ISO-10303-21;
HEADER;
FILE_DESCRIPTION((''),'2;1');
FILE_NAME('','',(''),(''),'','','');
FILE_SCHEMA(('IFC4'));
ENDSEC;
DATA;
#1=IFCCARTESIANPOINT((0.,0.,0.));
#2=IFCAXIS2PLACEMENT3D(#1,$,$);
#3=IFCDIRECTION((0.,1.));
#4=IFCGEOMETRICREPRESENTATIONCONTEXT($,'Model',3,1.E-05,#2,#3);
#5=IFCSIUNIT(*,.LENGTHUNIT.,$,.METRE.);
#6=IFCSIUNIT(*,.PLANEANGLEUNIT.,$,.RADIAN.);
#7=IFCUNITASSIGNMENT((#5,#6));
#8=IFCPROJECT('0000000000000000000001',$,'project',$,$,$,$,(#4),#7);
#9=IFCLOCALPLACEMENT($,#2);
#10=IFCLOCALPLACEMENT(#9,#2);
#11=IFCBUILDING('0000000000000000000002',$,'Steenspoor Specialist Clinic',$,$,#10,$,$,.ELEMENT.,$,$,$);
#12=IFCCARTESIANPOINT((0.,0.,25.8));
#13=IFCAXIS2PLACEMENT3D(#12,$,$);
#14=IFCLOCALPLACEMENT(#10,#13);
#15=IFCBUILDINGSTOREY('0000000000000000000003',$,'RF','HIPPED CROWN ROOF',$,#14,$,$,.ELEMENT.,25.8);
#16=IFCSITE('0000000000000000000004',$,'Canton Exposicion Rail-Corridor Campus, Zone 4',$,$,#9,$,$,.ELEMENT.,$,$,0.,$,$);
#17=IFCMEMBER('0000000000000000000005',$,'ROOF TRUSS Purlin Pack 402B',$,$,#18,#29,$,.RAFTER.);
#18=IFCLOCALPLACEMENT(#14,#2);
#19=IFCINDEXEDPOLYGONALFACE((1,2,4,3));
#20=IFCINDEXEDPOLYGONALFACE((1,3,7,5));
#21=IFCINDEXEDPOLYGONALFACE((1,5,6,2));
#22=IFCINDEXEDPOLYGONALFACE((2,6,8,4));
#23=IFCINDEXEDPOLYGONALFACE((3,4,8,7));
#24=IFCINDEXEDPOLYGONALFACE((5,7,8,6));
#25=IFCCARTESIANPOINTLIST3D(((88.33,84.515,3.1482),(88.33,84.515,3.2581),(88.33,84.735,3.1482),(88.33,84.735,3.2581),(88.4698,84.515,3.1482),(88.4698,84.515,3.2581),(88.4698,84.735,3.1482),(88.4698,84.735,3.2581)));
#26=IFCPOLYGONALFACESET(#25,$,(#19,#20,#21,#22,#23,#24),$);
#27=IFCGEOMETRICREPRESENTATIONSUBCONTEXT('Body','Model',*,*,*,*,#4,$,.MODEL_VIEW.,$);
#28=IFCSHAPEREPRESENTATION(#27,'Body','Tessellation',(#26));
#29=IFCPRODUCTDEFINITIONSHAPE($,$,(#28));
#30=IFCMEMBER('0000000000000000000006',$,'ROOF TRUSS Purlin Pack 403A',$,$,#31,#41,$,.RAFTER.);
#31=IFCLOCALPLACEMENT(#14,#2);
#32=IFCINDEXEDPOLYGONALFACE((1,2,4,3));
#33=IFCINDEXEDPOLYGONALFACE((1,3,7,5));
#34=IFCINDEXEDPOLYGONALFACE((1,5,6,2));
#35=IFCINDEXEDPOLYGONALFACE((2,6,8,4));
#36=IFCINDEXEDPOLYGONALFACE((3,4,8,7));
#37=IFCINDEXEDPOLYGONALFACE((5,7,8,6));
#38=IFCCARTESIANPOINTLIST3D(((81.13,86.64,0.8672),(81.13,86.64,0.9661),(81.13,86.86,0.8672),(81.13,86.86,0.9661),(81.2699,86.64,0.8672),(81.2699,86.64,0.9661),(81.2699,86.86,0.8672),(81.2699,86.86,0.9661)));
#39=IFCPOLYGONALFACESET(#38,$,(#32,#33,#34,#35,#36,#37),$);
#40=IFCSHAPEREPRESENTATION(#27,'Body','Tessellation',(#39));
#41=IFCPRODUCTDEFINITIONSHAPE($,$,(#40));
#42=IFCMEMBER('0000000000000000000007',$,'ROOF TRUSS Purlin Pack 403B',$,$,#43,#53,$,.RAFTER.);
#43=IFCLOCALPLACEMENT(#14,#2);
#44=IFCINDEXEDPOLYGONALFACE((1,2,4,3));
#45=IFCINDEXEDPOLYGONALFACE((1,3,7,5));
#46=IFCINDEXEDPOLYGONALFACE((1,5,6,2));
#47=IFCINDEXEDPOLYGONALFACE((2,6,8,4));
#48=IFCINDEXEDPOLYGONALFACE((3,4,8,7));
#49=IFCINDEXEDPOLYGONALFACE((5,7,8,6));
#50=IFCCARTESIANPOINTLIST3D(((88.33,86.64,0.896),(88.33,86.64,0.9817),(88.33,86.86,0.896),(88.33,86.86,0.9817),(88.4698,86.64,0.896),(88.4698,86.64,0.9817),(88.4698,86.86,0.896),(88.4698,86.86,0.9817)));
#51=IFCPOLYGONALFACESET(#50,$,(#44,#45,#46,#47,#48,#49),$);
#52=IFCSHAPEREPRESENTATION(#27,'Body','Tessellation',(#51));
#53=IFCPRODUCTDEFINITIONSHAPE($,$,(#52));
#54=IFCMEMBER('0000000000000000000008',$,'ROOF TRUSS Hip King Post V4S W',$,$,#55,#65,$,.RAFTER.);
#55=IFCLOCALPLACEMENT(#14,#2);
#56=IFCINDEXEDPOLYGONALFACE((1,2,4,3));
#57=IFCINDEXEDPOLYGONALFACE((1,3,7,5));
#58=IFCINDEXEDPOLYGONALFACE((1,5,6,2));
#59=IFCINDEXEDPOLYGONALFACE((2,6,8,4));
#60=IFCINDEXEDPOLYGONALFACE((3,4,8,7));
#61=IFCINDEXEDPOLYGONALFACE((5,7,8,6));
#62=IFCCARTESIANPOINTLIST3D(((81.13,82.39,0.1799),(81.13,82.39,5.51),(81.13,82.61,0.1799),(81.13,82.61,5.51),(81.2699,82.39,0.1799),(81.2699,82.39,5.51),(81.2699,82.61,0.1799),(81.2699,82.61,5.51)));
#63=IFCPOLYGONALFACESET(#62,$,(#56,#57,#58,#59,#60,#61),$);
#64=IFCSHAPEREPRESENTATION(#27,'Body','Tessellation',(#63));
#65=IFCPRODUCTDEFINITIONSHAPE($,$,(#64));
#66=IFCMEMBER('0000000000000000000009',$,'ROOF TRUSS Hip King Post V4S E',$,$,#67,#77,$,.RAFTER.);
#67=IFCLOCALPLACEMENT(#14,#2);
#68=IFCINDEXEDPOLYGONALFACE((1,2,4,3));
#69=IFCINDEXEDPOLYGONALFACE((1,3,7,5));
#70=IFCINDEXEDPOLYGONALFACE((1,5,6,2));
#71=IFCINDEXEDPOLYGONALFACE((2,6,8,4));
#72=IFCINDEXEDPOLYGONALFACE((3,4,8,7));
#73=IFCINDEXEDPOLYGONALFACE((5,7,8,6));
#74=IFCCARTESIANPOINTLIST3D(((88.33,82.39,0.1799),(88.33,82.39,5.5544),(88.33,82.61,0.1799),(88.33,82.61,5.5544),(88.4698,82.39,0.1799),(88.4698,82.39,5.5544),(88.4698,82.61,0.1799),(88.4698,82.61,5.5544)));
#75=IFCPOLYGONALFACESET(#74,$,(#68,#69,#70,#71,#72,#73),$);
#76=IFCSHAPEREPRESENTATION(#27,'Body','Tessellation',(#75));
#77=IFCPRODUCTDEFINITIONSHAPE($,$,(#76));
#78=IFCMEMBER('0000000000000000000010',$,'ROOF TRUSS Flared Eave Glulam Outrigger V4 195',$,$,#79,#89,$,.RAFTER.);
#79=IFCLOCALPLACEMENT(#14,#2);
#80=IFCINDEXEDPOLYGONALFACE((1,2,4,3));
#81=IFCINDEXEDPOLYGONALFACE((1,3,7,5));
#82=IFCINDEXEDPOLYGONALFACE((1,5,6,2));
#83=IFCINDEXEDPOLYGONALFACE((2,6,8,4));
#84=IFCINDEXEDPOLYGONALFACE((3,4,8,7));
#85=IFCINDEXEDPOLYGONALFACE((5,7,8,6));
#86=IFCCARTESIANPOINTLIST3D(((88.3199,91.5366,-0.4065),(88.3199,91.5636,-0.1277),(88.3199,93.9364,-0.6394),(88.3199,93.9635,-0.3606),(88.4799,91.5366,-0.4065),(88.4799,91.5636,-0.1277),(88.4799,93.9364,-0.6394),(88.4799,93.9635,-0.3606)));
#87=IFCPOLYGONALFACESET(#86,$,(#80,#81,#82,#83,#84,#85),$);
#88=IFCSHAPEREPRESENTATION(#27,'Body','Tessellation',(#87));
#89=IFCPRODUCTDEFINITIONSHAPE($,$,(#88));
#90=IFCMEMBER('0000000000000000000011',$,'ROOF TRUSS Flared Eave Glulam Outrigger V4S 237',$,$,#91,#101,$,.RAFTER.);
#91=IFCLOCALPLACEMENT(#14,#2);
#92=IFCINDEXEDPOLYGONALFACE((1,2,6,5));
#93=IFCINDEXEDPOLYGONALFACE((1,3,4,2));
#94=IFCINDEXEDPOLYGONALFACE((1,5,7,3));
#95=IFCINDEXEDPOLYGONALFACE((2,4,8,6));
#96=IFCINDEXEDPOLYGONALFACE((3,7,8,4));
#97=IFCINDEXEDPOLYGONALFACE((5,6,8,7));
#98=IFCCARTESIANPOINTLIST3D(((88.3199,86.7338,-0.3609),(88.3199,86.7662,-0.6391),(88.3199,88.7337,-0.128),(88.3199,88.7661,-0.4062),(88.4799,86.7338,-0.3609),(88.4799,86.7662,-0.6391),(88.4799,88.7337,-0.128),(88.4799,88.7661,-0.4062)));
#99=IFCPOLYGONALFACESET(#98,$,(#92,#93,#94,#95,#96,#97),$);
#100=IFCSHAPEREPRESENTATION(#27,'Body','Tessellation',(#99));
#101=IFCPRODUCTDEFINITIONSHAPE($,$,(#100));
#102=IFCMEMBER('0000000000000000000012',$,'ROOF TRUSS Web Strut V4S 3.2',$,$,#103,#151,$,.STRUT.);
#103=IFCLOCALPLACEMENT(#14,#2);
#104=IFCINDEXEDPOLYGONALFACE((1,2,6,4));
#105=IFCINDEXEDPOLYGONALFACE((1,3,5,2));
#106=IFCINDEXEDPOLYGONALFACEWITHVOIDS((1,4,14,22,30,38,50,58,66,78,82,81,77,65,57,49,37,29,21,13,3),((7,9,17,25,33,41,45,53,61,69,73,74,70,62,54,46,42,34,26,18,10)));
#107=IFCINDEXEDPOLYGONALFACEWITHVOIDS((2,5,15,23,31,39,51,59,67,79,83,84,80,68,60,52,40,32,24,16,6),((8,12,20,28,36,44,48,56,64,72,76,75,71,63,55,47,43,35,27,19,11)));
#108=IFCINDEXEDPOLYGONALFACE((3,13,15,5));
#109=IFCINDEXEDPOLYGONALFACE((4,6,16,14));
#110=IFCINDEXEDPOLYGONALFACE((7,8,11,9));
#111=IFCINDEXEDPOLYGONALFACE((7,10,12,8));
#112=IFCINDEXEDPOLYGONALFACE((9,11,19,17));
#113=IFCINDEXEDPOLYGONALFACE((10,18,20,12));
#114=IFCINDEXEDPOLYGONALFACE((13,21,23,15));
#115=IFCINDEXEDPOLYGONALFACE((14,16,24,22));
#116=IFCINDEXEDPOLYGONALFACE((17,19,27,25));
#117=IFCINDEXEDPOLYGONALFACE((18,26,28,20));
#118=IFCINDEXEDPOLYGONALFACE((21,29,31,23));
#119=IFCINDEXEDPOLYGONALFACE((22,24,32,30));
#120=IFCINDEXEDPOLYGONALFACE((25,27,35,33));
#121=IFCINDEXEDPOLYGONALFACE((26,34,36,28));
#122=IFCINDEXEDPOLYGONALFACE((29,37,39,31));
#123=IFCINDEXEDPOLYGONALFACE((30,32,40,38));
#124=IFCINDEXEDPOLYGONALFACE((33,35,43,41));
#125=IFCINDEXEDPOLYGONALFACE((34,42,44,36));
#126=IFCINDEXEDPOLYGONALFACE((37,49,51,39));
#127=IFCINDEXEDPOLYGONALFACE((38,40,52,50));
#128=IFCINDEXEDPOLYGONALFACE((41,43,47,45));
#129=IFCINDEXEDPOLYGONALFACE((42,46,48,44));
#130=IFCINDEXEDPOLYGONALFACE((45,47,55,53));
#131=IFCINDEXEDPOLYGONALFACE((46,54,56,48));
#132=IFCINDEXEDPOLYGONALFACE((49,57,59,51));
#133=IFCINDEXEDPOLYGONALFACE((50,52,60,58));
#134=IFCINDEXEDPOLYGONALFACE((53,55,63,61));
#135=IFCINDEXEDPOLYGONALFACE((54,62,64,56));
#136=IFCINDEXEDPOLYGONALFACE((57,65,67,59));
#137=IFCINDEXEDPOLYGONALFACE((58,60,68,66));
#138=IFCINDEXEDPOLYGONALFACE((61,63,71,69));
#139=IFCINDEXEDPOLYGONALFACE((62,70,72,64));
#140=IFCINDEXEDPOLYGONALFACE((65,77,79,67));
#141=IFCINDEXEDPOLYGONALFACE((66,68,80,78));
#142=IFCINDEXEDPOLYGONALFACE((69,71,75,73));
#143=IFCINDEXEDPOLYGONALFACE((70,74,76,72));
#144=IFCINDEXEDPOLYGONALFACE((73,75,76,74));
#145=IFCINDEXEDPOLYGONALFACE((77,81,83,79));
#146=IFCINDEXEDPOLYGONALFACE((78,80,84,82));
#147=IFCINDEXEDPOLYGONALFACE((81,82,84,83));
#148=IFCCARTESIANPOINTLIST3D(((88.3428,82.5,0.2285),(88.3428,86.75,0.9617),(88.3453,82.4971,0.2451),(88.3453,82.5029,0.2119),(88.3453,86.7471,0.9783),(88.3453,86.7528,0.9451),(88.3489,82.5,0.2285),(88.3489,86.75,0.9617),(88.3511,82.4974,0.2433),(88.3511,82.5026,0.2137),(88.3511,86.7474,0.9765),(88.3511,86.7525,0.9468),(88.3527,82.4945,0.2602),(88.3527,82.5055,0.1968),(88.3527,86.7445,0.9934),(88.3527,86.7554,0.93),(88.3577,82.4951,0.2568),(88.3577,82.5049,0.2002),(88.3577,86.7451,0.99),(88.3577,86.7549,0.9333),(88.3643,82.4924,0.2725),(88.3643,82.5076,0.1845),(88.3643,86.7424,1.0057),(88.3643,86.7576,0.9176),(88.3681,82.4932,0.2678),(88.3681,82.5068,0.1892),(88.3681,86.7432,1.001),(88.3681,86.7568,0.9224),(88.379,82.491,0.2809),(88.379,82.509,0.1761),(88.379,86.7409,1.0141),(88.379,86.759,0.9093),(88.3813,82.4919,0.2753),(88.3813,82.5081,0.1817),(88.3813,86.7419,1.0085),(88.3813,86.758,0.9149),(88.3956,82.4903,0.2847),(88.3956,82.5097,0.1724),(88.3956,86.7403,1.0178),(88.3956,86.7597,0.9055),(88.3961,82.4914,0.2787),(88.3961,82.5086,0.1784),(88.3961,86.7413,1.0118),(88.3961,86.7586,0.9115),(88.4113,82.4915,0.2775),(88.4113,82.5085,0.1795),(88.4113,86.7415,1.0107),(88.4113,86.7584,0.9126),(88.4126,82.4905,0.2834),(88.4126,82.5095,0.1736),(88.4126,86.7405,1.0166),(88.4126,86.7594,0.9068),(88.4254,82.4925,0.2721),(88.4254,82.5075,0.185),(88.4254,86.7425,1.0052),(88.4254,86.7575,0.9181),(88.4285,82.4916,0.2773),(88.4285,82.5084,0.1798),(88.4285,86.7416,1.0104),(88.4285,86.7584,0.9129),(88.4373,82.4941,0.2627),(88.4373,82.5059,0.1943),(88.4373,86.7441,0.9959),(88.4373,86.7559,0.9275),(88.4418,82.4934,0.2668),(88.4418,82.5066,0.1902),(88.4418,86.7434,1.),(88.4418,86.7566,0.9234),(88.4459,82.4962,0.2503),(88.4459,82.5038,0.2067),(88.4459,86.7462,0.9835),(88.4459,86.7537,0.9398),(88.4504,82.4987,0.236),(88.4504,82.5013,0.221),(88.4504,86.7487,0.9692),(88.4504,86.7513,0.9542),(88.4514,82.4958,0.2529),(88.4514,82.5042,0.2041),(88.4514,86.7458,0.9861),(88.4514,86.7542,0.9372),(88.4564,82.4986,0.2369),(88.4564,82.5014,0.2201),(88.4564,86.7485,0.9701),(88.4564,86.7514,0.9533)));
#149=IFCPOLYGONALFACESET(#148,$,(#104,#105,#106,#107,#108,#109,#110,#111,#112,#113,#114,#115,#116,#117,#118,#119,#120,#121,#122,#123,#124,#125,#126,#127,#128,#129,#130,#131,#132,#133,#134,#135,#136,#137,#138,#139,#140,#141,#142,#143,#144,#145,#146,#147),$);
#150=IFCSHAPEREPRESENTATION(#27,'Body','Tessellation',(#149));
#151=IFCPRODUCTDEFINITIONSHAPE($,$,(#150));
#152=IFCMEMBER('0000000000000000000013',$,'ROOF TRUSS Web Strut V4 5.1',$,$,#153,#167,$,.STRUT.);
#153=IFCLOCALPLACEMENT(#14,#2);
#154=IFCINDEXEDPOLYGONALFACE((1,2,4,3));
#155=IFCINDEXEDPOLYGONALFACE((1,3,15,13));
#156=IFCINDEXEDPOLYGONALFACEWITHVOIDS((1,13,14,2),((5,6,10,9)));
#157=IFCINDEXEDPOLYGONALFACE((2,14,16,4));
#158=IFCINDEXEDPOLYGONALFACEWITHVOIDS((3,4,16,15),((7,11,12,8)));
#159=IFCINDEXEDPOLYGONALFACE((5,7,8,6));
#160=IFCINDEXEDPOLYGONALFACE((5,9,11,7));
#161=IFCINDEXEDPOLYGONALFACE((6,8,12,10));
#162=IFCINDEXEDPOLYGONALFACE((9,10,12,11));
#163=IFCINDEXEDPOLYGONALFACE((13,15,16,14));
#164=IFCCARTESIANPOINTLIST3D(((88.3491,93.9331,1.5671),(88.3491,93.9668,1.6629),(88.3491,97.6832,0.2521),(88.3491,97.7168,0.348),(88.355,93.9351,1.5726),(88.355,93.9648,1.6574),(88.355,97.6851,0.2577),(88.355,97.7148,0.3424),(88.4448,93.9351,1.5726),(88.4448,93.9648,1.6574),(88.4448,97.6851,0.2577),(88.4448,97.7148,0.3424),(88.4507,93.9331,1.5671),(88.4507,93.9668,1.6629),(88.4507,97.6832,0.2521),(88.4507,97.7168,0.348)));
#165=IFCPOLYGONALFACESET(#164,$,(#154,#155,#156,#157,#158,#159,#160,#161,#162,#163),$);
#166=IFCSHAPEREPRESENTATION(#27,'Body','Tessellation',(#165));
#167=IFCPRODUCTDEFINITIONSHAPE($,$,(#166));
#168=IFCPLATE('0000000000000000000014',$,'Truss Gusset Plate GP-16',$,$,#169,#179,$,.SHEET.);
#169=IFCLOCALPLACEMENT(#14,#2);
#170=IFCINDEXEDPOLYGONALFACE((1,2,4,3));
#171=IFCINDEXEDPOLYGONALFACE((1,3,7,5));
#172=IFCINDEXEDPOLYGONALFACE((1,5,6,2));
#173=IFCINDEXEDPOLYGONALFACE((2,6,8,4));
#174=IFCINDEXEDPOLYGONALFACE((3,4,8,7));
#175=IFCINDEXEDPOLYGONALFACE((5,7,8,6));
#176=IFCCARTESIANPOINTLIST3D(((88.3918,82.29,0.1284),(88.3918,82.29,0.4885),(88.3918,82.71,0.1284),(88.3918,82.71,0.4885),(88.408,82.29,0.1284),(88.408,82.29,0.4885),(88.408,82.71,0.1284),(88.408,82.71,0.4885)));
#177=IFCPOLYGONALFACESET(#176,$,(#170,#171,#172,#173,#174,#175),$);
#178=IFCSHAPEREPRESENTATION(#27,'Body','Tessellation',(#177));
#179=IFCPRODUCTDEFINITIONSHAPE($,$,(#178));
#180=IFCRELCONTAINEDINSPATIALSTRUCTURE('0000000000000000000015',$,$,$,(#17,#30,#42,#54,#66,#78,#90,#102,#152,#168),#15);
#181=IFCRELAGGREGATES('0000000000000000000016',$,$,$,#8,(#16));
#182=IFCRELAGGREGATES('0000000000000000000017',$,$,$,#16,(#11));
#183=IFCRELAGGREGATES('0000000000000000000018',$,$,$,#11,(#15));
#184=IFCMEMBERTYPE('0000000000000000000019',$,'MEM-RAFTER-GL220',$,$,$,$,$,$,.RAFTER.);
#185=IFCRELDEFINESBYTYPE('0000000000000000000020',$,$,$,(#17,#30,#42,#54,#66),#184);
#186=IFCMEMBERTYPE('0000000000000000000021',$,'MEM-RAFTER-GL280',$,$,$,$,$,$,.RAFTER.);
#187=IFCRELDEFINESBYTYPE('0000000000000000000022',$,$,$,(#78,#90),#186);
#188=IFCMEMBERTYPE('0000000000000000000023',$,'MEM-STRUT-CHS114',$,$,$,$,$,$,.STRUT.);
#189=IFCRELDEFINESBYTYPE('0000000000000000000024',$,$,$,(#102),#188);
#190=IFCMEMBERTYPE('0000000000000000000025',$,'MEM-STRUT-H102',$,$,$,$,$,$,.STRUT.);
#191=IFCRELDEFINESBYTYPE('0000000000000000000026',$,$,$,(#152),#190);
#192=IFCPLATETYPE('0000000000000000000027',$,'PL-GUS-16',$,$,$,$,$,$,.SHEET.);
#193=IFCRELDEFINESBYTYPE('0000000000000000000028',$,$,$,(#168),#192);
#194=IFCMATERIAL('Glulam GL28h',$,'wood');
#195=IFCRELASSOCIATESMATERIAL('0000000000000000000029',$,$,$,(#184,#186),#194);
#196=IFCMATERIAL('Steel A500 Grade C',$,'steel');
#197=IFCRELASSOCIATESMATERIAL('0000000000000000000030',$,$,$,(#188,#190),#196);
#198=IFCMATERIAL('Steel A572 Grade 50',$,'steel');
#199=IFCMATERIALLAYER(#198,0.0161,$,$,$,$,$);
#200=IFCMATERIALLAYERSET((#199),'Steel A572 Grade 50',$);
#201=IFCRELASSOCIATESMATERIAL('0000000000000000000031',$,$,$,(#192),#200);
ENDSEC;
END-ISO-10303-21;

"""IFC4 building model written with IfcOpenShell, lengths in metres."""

from ifc_helpers import new_model, si_unit, direction, frame, origin, origin_2d, place, context, subcontext, project, spatial, rectangle, hollow_rectangle, hollow_circle, extrude, material, layer, layer_set, material_profile, profile_set, type_object, element, save


model = new_model("IFC4")

# Units and contexts
model_context = context("Model", 3, precision=1e-05, world=origin(), true_north=direction((0.0, 1.0)))
body_context = subcontext(model_context, "Body", "Model", "MODEL_VIEW")
ifc_project = project(units=[si_unit("LENGTHUNIT", "METRE"), si_unit("PLANEANGLEUNIT", "RADIAN")], contexts=[model_context])

# Site, building, storey
site_placement = place(None, origin())
site = spatial("IfcSite", under=ifc_project, at=site_placement, Name="Canton Exposicion Rail-Corridor Campus, Zone 4", CompositionType="ELEMENT", RefElevation=0.0)
building_placement = place(site_placement, origin())
building = spatial("IfcBuilding", under=site, at=building_placement, Name="Steenspoor Specialist Clinic", CompositionType="ELEMENT")
storey_placement = place(building_placement, frame((0.0, 0.0, 25.8)))
storey = spatial("IfcBuildingStorey", under=building, at=storey_placement, Name="RF", Description="HIPPED CROWN ROOF", CompositionType="ELEMENT", Elevation=25.8)

# Shared definitions
ifc_material_1 = material(Name="Glulam GL28h", Category="wood")

# Members
ifc_material_2 = material(Name="Steel A500 Grade C", Category="steel")
ifc_material_profile_1 = material_profile(ifc_material_1, rectangle(XDim=0.1399, YDim=0.22, at=origin_2d()), Name="GL28H-140X220")
ifc_profile_set_1 = profile_set([ifc_material_profile_1], Name="Glulam GL28h")
member_type_1 = type_object("IfcMemberType", Name="MEM-RAFTER-GL220", PredefinedType="RAFTER", material=ifc_profile_set_1)
member_1_placement = place(storey_placement, frame((88.3999, 84.625, 3.1482), z_axis=(0.0, 0.0, 1.0), x_axis=(1.0, 0.0, 0.0)))
element("IfcMember", 1, at=member_1_placement, inside=storey, type_object=member_type_1, Name="ROOF TRUSS Purlin Pack 402B", PredefinedType="RAFTER", context=body_context, shape_type="SweptSolid", body=[
    extrude(rectangle(XDim=0.1399, YDim=0.22, at=origin_2d()), origin(), (0.0, 0.0, 1.0), 0.1099),
])
member_2_placement = place(storey_placement, frame((81.2, 86.75, 0.8672), z_axis=(0.0, 0.0, 1.0), x_axis=(1.0, 0.0, 0.0)))
element("IfcMember", 2, at=member_2_placement, inside=storey, type_object=member_type_1, Name="ROOF TRUSS Purlin Pack 403A", PredefinedType="RAFTER", context=body_context, shape_type="SweptSolid", body=[
    extrude(rectangle(XDim=0.1399, YDim=0.22, at=origin_2d()), origin(), (0.0, 0.0, 1.0), 0.0989),
])
member_3_placement = place(storey_placement, frame((88.3999, 86.75, 0.896), z_axis=(0.0, 0.0, 1.0), x_axis=(1.0, 0.0, 0.0)))
element("IfcMember", 3, at=member_3_placement, inside=storey, type_object=member_type_1, Name="ROOF TRUSS Purlin Pack 403B", PredefinedType="RAFTER", context=body_context, shape_type="SweptSolid", body=[
    extrude(rectangle(XDim=0.1399, YDim=0.22, at=origin_2d()), origin(), (0.0, 0.0, 1.0), 0.0857),
])
member_4_placement = place(storey_placement, frame((81.2, 82.5, 0.1799), z_axis=(0.0, 0.0, 1.0), x_axis=(1.0, 0.0, 0.0)))
element("IfcMember", 4, at=member_4_placement, inside=storey, type_object=member_type_1, Name="ROOF TRUSS Hip King Post V4S W", PredefinedType="RAFTER", context=body_context, shape_type="SweptSolid", body=[
    extrude(rectangle(XDim=0.1399, YDim=0.22, at=origin_2d()), origin(), (0.0, 0.0, 1.0), 5.3301),
])
member_5_placement = place(storey_placement, frame((88.3999, 82.5, 0.1799), z_axis=(0.0, 0.0, 1.0), x_axis=(1.0, 0.0, 0.0)))
element("IfcMember", 5, at=member_5_placement, inside=storey, type_object=member_type_1, Name="ROOF TRUSS Hip King Post V4S E", PredefinedType="RAFTER", context=body_context, shape_type="SweptSolid", body=[
    extrude(rectangle(XDim=0.1399, YDim=0.22, at=origin_2d()), origin(), (0.0, 0.0, 1.0), 5.3745),
])
ifc_material_profile_2 = material_profile(ifc_material_1, rectangle(XDim=0.1599, YDim=0.28, at=origin_2d()), Name="GL28H-160X280")
ifc_profile_set_2 = profile_set([ifc_material_profile_2], Name="Glulam GL28h")
member_type_2 = type_object("IfcMemberType", Name="MEM-RAFTER-GL280", PredefinedType="RAFTER", material=ifc_profile_set_2)
member_6_placement = place(storey_placement, frame((88.3999, 93.95, -0.5), z_axis=(0.0, -0.995324, 0.096596), x_axis=(1.0, 0.0, 0.0)))
element("IfcMember", 6, at=member_6_placement, inside=storey, type_object=member_type_2, Name="ROOF TRUSS Flared Eave Glulam Outrigger V4 195", PredefinedType="RAFTER", context=body_context, shape_type="SweptSolid", body=[
    extrude(rectangle(XDim=0.1599, YDim=0.28, at=origin_2d()), origin(), (0.0, 0.0, 1.0), 2.4111),
])
member_7_placement = place(storey_placement, frame((88.3999, 86.75, -0.5), z_axis=(0.0, 0.993287, 0.115673), x_axis=(-1.0, 0.0, 0.0)))
element("IfcMember", 7, at=member_7_placement, inside=storey, type_object=member_type_2, Name="ROOF TRUSS Flared Eave Glulam Outrigger V4S 237", PredefinedType="RAFTER", context=body_context, shape_type="SweptSolid", body=[
    extrude(rectangle(XDim=0.1599, YDim=0.28, at=origin_2d()), origin(), (0.0, 0.0, 1.0), 2.0134),
])
ifc_material_profile_3 = material_profile(ifc_material_2, hollow_circle(Radius=0.0571, WallThickness=0.0061, at=origin_2d()), Name="CHS114X6.0")
ifc_profile_set_3 = profile_set([ifc_material_profile_3], Name="Steel A500 Grade C")
member_type_3 = type_object("IfcMemberType", Name="MEM-STRUT-CHS114", PredefinedType="STRUT", material=ifc_profile_set_3)
member_8_placement = place(storey_placement, frame((88.3999, 82.5, 0.2285), z_axis=(0.0, 0.985445, 0.169996), x_axis=(-1.0, 0.0, 0.0)))
element("IfcMember", 8, at=member_8_placement, inside=storey, type_object=member_type_3, Name="ROOF TRUSS Web Strut V4S 3.2", PredefinedType="STRUT", context=body_context, shape_type="SweptSolid", body=[
    extrude(hollow_circle(Radius=0.0571, WallThickness=0.0061, at=origin_2d()), origin(), (0.0, 0.0, 1.0), 4.3127),
])
ifc_material_profile_4 = material_profile(ifc_material_2, hollow_rectangle(XDim=0.1016, YDim=0.1016, WallThickness=0.0059, at=origin_2d()), Name="HSS102X102X6.4")
ifc_profile_set_4 = profile_set([ifc_material_profile_4], Name="Steel A500 Grade C")
member_type_4 = type_object("IfcMemberType", Name="MEM-STRUT-H102", PredefinedType="STRUT", material=ifc_profile_set_4)
member_9_placement = place(storey_placement, frame((88.3999, 93.95, 1.615), z_axis=(0.0, 0.943667, -0.330898), x_axis=(-1.0, 0.0, 0.0)))
element("IfcMember", 9, at=member_9_placement, inside=storey, type_object=member_type_4, Name="ROOF TRUSS Web Strut V4 5.1", PredefinedType="STRUT", context=body_context, shape_type="SweptSolid", body=[
    extrude(hollow_rectangle(XDim=0.1016, YDim=0.1016, WallThickness=0.0059, at=origin_2d()), origin(), (0.0, 0.0, 1.0), 3.9739),
])

# Plate
ifc_material_3 = material(Name="Steel A572 Grade 50", Category="steel")
ifc_layer_1 = layer(ifc_material_3, 0.0161)
ifc_layer_set_1 = layer_set([ifc_layer_1], Name="Steel A572 Grade 50")
plate_type_1 = type_object("IfcPlateType", Name="PL-GUS-16", PredefinedType="SHEET", material=ifc_layer_set_1)
plate_1_placement = place(storey_placement, frame((88.3999, 82.5, 0.1284), z_axis=(0.0, 0.0, 1.0), x_axis=(1.0, 0.0, 0.0)))
element("IfcPlate", 10, at=plate_1_placement, inside=storey, type_object=plate_type_1, Name="Truss Gusset Plate GP-16", PredefinedType="SHEET", context=body_context, shape_type="SweptSolid", body=[
    extrude(rectangle(XDim=0.0161, YDim=0.4199, at=origin_2d()), origin(), (0.0, 0.0, 1.0), 0.3601),
])

save(model, "model.ifc")
